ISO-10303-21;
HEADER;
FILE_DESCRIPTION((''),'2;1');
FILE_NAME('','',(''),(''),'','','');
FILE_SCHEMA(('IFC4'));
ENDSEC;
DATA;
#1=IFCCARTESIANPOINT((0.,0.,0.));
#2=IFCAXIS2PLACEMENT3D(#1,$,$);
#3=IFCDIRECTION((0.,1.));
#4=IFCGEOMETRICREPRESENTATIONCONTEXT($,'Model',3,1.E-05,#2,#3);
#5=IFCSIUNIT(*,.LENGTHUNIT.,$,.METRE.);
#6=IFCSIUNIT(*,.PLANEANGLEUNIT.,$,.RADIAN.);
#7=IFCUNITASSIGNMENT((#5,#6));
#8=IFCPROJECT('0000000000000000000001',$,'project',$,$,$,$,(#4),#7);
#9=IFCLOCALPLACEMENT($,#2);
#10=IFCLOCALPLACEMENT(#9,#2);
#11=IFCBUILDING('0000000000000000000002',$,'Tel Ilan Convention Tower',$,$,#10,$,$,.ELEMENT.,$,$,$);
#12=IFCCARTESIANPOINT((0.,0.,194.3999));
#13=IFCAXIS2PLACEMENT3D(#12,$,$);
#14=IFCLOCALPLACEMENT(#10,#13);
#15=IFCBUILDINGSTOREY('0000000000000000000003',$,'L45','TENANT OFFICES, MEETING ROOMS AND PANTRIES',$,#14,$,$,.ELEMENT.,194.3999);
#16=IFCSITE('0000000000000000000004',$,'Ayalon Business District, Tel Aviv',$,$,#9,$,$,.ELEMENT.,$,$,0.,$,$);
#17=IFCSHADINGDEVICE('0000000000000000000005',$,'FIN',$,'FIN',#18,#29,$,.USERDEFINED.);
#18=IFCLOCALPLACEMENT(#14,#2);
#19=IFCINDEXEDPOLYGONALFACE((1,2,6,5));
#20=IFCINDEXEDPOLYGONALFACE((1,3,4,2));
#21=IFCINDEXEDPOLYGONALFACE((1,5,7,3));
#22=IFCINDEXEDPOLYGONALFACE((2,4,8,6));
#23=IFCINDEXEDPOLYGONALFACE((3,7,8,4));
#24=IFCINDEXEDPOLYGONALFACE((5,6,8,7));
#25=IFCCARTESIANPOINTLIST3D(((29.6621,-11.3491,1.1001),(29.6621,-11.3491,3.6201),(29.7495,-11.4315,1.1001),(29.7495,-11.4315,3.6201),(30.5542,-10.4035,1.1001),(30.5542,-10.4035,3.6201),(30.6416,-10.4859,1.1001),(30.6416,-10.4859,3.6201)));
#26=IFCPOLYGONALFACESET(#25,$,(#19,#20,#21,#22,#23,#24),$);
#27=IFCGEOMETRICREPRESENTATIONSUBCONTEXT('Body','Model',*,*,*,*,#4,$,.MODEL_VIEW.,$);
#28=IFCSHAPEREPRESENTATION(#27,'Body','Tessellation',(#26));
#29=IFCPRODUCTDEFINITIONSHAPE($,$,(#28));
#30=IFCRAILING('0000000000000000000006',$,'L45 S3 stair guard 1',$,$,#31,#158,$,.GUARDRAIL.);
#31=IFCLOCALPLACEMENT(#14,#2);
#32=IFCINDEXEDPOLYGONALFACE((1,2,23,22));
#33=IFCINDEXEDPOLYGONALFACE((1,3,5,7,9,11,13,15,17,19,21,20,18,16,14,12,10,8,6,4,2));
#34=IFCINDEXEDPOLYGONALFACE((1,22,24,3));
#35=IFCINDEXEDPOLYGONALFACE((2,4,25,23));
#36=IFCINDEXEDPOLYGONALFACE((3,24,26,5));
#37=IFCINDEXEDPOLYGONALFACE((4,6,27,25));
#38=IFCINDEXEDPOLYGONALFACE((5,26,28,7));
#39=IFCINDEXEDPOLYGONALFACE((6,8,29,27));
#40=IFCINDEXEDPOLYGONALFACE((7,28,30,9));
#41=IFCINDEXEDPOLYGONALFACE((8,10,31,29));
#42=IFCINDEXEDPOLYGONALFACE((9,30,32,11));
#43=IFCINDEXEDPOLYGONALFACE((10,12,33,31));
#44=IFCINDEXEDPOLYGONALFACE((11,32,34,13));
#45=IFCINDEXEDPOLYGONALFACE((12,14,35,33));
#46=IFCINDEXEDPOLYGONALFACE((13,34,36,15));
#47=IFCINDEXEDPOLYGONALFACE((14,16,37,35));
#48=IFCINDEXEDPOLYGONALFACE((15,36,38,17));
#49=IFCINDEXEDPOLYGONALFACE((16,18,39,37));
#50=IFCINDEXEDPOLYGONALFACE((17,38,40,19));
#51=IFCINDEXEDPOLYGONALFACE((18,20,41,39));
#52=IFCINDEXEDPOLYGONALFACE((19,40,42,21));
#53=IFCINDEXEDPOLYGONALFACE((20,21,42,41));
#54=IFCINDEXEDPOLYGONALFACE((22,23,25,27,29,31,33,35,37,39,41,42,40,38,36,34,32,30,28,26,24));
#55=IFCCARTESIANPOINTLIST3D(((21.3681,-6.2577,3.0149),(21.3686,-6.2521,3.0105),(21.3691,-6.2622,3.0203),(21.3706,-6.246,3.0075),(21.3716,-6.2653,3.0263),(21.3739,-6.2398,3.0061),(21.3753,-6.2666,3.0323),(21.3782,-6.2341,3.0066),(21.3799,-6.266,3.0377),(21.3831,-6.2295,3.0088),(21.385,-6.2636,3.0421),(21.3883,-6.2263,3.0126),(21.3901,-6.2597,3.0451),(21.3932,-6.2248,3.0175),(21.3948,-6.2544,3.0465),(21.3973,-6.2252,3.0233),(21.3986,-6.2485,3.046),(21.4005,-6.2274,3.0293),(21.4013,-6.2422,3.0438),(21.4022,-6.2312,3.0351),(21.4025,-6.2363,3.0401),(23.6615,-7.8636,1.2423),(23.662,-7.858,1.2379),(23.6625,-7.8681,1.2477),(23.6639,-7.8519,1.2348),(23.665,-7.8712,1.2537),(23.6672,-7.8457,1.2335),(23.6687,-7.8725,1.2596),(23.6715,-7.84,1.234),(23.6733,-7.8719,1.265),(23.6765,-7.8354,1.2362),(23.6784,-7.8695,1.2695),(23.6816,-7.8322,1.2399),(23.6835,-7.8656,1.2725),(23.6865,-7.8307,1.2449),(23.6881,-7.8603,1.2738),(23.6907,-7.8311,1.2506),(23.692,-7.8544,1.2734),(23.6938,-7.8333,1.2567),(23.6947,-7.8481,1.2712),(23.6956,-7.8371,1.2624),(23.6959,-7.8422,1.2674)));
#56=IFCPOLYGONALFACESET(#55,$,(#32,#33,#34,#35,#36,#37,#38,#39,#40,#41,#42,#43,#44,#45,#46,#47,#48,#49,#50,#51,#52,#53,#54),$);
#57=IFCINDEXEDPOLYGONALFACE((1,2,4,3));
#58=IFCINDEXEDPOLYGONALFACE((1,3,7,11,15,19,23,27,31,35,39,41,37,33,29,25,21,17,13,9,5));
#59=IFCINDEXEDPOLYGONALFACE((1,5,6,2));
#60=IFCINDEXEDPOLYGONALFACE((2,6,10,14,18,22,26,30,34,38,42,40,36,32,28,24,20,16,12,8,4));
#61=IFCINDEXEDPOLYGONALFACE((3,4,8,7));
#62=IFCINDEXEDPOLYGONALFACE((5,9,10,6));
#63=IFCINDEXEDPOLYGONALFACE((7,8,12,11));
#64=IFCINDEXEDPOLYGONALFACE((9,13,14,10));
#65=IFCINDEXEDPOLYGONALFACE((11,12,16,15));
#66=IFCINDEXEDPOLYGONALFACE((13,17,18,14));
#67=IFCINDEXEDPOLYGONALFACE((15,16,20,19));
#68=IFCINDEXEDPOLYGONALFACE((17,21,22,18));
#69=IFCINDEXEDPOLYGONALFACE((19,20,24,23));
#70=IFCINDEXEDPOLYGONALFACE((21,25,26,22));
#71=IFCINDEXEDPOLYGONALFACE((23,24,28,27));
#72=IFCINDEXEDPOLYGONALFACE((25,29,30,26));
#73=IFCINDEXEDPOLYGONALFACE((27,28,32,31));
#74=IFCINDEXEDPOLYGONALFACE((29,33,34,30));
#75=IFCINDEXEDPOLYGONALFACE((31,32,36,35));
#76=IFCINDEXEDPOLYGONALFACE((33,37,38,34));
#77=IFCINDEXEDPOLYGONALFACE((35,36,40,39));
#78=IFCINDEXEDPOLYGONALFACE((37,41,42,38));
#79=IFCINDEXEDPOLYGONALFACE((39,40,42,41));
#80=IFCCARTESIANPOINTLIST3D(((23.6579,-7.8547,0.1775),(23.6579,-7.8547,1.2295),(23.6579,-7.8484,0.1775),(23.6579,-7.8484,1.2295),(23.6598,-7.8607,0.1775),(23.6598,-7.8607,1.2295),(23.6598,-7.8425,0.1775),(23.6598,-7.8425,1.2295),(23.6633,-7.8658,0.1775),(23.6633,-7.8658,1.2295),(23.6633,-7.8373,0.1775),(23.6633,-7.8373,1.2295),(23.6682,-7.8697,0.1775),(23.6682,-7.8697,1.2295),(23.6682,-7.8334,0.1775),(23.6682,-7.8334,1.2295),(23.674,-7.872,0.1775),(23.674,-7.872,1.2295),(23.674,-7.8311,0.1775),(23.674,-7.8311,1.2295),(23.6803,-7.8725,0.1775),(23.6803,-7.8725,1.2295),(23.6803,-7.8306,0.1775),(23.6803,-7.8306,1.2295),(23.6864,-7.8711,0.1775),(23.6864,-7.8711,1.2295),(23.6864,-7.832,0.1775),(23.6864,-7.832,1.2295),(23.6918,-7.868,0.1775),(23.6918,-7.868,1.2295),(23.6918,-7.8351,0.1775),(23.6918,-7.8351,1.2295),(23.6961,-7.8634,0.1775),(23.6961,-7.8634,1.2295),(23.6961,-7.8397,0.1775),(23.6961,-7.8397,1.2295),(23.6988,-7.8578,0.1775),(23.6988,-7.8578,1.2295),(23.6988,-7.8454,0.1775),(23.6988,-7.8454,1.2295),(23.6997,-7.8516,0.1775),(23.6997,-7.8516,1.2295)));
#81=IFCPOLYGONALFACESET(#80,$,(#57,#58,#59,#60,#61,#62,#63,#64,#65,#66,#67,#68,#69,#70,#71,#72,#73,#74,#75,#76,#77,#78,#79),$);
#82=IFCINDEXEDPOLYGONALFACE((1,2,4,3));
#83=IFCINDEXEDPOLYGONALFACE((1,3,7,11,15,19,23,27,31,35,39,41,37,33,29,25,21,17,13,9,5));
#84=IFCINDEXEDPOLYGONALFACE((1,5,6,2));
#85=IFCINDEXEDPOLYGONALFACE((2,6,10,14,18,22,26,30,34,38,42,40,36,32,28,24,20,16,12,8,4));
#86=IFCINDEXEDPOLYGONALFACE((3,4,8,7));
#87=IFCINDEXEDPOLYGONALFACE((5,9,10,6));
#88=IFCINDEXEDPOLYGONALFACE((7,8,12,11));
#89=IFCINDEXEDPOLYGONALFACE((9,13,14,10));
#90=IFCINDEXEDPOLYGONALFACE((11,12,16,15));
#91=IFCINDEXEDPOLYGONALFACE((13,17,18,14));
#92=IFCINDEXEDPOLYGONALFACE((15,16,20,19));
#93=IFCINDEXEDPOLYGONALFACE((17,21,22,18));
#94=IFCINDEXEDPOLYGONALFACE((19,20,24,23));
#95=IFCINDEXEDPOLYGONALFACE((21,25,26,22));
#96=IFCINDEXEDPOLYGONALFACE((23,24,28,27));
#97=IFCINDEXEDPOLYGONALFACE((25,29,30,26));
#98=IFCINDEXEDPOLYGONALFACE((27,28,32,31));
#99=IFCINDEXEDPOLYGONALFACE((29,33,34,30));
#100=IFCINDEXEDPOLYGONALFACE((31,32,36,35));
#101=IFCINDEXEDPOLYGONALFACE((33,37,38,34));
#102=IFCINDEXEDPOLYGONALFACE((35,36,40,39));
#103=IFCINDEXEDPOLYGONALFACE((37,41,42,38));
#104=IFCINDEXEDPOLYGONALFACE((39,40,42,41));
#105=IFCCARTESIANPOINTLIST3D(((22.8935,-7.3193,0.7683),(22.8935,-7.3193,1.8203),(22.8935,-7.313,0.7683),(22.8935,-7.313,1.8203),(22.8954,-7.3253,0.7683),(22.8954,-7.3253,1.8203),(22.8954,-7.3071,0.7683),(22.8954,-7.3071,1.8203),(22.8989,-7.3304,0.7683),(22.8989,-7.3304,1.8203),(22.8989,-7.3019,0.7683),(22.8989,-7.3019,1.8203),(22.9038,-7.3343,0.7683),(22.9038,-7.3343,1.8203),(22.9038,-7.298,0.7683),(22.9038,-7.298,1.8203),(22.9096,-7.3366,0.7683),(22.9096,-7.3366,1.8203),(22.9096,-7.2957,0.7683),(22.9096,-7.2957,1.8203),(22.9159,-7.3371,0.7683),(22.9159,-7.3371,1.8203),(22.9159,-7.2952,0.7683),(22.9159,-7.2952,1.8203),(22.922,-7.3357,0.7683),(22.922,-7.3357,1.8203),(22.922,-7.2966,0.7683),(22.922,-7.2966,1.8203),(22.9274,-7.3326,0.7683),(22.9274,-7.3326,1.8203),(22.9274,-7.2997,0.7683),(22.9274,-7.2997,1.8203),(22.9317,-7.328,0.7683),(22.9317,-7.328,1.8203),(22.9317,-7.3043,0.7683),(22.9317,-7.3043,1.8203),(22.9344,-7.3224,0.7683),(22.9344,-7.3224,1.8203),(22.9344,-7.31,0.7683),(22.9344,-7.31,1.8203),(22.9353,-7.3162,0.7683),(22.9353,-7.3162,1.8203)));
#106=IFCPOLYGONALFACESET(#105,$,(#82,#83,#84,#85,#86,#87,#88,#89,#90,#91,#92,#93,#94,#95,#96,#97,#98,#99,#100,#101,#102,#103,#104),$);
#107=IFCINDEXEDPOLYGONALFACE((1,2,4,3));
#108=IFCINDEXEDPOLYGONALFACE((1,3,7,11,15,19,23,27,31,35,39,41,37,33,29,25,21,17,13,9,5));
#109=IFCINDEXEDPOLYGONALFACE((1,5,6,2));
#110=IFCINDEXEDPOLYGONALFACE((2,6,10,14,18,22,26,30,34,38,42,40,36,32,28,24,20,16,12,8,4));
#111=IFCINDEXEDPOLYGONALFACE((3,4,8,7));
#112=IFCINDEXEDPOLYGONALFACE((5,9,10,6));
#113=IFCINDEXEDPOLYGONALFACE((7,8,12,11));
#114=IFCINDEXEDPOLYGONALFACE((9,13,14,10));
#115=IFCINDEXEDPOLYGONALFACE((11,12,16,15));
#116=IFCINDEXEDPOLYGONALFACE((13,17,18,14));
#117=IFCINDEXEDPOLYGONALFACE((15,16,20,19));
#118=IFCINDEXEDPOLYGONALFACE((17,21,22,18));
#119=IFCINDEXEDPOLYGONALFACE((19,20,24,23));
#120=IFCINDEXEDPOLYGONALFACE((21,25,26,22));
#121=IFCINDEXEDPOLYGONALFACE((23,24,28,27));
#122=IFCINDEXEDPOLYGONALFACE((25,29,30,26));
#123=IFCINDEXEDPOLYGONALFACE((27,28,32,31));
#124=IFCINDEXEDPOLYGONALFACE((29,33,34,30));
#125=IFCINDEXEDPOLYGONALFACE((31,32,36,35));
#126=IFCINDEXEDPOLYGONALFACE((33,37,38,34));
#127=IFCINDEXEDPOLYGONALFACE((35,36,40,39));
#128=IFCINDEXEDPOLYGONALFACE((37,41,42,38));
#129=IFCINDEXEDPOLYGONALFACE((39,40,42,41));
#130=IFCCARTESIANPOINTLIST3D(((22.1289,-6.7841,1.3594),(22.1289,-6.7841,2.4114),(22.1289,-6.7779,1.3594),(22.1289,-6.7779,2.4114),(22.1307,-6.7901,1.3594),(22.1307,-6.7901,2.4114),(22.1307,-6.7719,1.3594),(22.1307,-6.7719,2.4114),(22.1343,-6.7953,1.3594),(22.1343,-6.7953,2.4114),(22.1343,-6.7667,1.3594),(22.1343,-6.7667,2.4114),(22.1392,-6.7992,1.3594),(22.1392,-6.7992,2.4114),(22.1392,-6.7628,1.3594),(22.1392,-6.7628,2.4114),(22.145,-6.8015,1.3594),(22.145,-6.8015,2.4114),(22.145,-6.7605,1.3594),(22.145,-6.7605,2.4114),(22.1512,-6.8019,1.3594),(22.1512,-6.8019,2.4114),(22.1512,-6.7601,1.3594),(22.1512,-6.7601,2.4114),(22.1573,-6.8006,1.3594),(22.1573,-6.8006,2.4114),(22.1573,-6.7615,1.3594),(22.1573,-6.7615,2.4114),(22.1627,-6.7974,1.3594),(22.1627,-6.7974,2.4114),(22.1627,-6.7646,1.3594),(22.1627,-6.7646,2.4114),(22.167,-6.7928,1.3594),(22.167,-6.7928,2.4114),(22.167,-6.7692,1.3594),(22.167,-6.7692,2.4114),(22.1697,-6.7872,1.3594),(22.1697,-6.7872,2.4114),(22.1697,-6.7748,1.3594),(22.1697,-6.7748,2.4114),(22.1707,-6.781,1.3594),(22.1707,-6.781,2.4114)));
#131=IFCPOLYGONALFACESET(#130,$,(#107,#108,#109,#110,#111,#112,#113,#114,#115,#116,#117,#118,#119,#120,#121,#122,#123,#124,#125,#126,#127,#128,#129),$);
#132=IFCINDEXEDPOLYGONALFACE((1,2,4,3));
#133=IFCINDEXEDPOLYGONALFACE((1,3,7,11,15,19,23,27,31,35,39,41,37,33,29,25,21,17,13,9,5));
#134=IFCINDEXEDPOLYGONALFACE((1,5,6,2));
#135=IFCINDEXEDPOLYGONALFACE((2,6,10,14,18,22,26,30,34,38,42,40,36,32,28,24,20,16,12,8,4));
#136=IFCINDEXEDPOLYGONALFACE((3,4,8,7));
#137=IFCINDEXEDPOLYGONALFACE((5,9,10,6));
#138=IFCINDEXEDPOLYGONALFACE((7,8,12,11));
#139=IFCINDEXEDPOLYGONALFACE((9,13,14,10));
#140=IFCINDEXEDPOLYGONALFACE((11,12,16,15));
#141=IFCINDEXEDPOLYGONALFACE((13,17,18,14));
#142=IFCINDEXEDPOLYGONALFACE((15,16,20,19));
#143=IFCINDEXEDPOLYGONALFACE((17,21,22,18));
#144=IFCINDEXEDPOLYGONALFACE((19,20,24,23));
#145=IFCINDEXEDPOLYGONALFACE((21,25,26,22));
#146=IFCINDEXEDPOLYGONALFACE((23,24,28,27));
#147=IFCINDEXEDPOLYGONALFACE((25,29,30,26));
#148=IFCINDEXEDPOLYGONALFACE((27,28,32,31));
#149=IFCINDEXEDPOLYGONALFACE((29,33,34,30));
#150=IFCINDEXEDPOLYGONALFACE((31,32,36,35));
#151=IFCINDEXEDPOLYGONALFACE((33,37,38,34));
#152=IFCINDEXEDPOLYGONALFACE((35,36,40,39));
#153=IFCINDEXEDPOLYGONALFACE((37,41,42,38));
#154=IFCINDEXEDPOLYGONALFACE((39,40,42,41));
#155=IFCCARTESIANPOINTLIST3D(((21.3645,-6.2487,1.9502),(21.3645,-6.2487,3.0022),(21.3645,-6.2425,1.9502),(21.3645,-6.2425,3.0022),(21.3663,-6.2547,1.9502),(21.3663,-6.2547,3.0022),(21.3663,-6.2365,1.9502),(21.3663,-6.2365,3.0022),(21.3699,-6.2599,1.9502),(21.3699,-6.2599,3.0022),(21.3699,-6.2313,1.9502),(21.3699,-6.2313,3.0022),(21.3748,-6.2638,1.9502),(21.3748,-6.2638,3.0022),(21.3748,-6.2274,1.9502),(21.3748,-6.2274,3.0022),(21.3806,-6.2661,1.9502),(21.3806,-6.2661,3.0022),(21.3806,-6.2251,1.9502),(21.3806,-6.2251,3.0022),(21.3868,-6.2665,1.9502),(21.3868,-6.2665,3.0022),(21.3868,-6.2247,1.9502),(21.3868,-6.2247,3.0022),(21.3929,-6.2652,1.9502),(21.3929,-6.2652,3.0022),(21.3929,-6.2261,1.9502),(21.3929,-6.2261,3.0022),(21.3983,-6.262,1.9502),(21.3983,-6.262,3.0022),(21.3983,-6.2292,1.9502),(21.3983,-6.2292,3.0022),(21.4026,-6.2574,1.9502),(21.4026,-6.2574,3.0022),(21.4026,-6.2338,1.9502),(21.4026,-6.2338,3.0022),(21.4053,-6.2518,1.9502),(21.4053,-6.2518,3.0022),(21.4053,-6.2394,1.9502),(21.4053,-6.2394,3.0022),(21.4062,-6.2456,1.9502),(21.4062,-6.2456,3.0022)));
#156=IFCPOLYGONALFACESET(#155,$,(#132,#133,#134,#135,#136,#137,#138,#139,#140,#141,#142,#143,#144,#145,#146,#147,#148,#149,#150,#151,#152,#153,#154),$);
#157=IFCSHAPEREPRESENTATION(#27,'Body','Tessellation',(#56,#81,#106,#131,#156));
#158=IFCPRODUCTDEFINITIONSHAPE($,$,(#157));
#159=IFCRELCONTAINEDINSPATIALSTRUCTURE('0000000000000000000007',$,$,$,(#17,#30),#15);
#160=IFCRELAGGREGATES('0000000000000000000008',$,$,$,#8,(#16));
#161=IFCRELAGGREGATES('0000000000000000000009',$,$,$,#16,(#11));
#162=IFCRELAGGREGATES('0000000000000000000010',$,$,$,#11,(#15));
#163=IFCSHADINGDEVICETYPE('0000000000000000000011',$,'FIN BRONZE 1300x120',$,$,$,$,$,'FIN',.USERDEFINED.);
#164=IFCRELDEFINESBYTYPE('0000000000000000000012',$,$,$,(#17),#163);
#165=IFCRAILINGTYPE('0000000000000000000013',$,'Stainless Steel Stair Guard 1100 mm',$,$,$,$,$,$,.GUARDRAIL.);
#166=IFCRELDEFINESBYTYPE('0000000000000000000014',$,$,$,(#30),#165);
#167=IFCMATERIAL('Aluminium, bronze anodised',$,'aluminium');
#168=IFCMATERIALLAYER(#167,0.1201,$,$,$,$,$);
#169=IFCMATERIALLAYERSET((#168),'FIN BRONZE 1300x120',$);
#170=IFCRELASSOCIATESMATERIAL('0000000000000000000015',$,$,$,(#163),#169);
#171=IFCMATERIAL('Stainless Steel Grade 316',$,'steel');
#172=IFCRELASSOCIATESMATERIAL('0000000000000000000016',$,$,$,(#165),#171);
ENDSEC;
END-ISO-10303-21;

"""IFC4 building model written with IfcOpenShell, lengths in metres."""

from ifc_helpers import new_model, si_unit, direction, frame, origin, origin_2d, place, context, subcontext, project, spatial, rectangle, circle, extrude, material, layer, layer_set, type_object, element, save


model = new_model("IFC4")

# Units and contexts
model_context = context("Model", 3, precision=1e-05, world=origin(), true_north=direction((0.0, 1.0)))
body_context = subcontext(model_context, "Body", "Model", "MODEL_VIEW")
ifc_project = project(units=[si_unit("LENGTHUNIT", "METRE"), si_unit("PLANEANGLEUNIT", "RADIAN")], contexts=[model_context])

# Site, building, storey
site_placement = place(None, origin())
site = spatial("IfcSite", under=ifc_project, at=site_placement, Name="Ayalon Business District, Tel Aviv", CompositionType="ELEMENT", RefElevation=0.0)
building_placement = place(site_placement, origin())
building = spatial("IfcBuilding", under=site, at=building_placement, Name="Tel Ilan Convention Tower", CompositionType="ELEMENT")
storey_placement = place(building_placement, frame((0.0, 0.0, 194.3999)))
storey = spatial("IfcBuildingStorey", under=building, at=storey_placement, Name="L45", Description="TENANT OFFICES, MEETING ROOMS AND PANTRIES", CompositionType="ELEMENT", Elevation=194.3999)

# Shading device
ifc_material_1 = material(Name="Aluminium, bronze anodised", Category="aluminium")
ifc_layer_1 = layer(ifc_material_1, 0.1201)
ifc_layer_set_1 = layer_set([ifc_layer_1], Name="FIN BRONZE 1300x120")
shading_device_type = type_object("IfcShadingDeviceType", Name="FIN BRONZE 1300x120", ElementType="FIN", PredefinedType="USERDEFINED", material=ifc_layer_set_1)
for number, where, z_axis, x_axis, name in (
    (1, (30.1519, -10.9175, 1.1001), (0.0, 0.0, 1.0), (0.686242, 0.727374, 0.0), "FIN"),
):
    element("IfcShadingDevice", number, at=place(storey_placement, frame(where, z_axis=z_axis, x_axis=x_axis)), inside=storey, type_object=shading_device_type, Name=name, ObjectType="FIN", PredefinedType="USERDEFINED", context=body_context, shape_type="SweptSolid", body=[
        extrude(rectangle(XDim=1.3, YDim=0.1201, at=origin_2d()), origin(), (0.0, 0.0, 1.0), 2.52),
    ])

# Railing
ifc_material_2 = material(Name="Stainless Steel Grade 316", Category="steel")
railing_type_1 = type_object("IfcRailingType", Name="Stainless Steel Stair Guard 1100 mm", PredefinedType="GUARDRAIL", material=ifc_material_2)
railing_1_placement = place(storey_placement, frame((23.6787, -7.8516, 0.1775)))
element("IfcRailing", 2, at=railing_1_placement, inside=storey, type_object=railing_type_1, Name="L45 S3 stair guard 1", PredefinedType="GUARDRAIL", context=body_context, shape_type="SweptSolid", body=[
    extrude(circle(Radius=0.0239, at=origin_2d()), frame((0.0, 0.0, 1.0762), z_axis=(-0.692085, 0.484621, 0.53494), x_axis=(-0.573591, -0.819142, 0.0)), (0.0, 0.0, 1.0), 3.3137),
    extrude(circle(Radius=0.021, at=origin_2d()), origin(), (0.0, 0.0, 1.0), 1.052),
    extrude(circle(Radius=0.021, at=origin_2d()), frame((-0.7644, 0.5354, 0.5908)), (0.0, 0.0, 1.0), 1.052),
    extrude(circle(Radius=0.021, at=origin_2d()), frame((-1.5291, 1.0706, 1.1819)), (0.0, 0.0, 1.0), 1.052),
    extrude(circle(Radius=0.021, at=origin_2d()), frame((-2.2935, 1.606, 1.7727)), (0.0, 0.0, 1.0), 1.052),
])

save(model, "model.ifc")
